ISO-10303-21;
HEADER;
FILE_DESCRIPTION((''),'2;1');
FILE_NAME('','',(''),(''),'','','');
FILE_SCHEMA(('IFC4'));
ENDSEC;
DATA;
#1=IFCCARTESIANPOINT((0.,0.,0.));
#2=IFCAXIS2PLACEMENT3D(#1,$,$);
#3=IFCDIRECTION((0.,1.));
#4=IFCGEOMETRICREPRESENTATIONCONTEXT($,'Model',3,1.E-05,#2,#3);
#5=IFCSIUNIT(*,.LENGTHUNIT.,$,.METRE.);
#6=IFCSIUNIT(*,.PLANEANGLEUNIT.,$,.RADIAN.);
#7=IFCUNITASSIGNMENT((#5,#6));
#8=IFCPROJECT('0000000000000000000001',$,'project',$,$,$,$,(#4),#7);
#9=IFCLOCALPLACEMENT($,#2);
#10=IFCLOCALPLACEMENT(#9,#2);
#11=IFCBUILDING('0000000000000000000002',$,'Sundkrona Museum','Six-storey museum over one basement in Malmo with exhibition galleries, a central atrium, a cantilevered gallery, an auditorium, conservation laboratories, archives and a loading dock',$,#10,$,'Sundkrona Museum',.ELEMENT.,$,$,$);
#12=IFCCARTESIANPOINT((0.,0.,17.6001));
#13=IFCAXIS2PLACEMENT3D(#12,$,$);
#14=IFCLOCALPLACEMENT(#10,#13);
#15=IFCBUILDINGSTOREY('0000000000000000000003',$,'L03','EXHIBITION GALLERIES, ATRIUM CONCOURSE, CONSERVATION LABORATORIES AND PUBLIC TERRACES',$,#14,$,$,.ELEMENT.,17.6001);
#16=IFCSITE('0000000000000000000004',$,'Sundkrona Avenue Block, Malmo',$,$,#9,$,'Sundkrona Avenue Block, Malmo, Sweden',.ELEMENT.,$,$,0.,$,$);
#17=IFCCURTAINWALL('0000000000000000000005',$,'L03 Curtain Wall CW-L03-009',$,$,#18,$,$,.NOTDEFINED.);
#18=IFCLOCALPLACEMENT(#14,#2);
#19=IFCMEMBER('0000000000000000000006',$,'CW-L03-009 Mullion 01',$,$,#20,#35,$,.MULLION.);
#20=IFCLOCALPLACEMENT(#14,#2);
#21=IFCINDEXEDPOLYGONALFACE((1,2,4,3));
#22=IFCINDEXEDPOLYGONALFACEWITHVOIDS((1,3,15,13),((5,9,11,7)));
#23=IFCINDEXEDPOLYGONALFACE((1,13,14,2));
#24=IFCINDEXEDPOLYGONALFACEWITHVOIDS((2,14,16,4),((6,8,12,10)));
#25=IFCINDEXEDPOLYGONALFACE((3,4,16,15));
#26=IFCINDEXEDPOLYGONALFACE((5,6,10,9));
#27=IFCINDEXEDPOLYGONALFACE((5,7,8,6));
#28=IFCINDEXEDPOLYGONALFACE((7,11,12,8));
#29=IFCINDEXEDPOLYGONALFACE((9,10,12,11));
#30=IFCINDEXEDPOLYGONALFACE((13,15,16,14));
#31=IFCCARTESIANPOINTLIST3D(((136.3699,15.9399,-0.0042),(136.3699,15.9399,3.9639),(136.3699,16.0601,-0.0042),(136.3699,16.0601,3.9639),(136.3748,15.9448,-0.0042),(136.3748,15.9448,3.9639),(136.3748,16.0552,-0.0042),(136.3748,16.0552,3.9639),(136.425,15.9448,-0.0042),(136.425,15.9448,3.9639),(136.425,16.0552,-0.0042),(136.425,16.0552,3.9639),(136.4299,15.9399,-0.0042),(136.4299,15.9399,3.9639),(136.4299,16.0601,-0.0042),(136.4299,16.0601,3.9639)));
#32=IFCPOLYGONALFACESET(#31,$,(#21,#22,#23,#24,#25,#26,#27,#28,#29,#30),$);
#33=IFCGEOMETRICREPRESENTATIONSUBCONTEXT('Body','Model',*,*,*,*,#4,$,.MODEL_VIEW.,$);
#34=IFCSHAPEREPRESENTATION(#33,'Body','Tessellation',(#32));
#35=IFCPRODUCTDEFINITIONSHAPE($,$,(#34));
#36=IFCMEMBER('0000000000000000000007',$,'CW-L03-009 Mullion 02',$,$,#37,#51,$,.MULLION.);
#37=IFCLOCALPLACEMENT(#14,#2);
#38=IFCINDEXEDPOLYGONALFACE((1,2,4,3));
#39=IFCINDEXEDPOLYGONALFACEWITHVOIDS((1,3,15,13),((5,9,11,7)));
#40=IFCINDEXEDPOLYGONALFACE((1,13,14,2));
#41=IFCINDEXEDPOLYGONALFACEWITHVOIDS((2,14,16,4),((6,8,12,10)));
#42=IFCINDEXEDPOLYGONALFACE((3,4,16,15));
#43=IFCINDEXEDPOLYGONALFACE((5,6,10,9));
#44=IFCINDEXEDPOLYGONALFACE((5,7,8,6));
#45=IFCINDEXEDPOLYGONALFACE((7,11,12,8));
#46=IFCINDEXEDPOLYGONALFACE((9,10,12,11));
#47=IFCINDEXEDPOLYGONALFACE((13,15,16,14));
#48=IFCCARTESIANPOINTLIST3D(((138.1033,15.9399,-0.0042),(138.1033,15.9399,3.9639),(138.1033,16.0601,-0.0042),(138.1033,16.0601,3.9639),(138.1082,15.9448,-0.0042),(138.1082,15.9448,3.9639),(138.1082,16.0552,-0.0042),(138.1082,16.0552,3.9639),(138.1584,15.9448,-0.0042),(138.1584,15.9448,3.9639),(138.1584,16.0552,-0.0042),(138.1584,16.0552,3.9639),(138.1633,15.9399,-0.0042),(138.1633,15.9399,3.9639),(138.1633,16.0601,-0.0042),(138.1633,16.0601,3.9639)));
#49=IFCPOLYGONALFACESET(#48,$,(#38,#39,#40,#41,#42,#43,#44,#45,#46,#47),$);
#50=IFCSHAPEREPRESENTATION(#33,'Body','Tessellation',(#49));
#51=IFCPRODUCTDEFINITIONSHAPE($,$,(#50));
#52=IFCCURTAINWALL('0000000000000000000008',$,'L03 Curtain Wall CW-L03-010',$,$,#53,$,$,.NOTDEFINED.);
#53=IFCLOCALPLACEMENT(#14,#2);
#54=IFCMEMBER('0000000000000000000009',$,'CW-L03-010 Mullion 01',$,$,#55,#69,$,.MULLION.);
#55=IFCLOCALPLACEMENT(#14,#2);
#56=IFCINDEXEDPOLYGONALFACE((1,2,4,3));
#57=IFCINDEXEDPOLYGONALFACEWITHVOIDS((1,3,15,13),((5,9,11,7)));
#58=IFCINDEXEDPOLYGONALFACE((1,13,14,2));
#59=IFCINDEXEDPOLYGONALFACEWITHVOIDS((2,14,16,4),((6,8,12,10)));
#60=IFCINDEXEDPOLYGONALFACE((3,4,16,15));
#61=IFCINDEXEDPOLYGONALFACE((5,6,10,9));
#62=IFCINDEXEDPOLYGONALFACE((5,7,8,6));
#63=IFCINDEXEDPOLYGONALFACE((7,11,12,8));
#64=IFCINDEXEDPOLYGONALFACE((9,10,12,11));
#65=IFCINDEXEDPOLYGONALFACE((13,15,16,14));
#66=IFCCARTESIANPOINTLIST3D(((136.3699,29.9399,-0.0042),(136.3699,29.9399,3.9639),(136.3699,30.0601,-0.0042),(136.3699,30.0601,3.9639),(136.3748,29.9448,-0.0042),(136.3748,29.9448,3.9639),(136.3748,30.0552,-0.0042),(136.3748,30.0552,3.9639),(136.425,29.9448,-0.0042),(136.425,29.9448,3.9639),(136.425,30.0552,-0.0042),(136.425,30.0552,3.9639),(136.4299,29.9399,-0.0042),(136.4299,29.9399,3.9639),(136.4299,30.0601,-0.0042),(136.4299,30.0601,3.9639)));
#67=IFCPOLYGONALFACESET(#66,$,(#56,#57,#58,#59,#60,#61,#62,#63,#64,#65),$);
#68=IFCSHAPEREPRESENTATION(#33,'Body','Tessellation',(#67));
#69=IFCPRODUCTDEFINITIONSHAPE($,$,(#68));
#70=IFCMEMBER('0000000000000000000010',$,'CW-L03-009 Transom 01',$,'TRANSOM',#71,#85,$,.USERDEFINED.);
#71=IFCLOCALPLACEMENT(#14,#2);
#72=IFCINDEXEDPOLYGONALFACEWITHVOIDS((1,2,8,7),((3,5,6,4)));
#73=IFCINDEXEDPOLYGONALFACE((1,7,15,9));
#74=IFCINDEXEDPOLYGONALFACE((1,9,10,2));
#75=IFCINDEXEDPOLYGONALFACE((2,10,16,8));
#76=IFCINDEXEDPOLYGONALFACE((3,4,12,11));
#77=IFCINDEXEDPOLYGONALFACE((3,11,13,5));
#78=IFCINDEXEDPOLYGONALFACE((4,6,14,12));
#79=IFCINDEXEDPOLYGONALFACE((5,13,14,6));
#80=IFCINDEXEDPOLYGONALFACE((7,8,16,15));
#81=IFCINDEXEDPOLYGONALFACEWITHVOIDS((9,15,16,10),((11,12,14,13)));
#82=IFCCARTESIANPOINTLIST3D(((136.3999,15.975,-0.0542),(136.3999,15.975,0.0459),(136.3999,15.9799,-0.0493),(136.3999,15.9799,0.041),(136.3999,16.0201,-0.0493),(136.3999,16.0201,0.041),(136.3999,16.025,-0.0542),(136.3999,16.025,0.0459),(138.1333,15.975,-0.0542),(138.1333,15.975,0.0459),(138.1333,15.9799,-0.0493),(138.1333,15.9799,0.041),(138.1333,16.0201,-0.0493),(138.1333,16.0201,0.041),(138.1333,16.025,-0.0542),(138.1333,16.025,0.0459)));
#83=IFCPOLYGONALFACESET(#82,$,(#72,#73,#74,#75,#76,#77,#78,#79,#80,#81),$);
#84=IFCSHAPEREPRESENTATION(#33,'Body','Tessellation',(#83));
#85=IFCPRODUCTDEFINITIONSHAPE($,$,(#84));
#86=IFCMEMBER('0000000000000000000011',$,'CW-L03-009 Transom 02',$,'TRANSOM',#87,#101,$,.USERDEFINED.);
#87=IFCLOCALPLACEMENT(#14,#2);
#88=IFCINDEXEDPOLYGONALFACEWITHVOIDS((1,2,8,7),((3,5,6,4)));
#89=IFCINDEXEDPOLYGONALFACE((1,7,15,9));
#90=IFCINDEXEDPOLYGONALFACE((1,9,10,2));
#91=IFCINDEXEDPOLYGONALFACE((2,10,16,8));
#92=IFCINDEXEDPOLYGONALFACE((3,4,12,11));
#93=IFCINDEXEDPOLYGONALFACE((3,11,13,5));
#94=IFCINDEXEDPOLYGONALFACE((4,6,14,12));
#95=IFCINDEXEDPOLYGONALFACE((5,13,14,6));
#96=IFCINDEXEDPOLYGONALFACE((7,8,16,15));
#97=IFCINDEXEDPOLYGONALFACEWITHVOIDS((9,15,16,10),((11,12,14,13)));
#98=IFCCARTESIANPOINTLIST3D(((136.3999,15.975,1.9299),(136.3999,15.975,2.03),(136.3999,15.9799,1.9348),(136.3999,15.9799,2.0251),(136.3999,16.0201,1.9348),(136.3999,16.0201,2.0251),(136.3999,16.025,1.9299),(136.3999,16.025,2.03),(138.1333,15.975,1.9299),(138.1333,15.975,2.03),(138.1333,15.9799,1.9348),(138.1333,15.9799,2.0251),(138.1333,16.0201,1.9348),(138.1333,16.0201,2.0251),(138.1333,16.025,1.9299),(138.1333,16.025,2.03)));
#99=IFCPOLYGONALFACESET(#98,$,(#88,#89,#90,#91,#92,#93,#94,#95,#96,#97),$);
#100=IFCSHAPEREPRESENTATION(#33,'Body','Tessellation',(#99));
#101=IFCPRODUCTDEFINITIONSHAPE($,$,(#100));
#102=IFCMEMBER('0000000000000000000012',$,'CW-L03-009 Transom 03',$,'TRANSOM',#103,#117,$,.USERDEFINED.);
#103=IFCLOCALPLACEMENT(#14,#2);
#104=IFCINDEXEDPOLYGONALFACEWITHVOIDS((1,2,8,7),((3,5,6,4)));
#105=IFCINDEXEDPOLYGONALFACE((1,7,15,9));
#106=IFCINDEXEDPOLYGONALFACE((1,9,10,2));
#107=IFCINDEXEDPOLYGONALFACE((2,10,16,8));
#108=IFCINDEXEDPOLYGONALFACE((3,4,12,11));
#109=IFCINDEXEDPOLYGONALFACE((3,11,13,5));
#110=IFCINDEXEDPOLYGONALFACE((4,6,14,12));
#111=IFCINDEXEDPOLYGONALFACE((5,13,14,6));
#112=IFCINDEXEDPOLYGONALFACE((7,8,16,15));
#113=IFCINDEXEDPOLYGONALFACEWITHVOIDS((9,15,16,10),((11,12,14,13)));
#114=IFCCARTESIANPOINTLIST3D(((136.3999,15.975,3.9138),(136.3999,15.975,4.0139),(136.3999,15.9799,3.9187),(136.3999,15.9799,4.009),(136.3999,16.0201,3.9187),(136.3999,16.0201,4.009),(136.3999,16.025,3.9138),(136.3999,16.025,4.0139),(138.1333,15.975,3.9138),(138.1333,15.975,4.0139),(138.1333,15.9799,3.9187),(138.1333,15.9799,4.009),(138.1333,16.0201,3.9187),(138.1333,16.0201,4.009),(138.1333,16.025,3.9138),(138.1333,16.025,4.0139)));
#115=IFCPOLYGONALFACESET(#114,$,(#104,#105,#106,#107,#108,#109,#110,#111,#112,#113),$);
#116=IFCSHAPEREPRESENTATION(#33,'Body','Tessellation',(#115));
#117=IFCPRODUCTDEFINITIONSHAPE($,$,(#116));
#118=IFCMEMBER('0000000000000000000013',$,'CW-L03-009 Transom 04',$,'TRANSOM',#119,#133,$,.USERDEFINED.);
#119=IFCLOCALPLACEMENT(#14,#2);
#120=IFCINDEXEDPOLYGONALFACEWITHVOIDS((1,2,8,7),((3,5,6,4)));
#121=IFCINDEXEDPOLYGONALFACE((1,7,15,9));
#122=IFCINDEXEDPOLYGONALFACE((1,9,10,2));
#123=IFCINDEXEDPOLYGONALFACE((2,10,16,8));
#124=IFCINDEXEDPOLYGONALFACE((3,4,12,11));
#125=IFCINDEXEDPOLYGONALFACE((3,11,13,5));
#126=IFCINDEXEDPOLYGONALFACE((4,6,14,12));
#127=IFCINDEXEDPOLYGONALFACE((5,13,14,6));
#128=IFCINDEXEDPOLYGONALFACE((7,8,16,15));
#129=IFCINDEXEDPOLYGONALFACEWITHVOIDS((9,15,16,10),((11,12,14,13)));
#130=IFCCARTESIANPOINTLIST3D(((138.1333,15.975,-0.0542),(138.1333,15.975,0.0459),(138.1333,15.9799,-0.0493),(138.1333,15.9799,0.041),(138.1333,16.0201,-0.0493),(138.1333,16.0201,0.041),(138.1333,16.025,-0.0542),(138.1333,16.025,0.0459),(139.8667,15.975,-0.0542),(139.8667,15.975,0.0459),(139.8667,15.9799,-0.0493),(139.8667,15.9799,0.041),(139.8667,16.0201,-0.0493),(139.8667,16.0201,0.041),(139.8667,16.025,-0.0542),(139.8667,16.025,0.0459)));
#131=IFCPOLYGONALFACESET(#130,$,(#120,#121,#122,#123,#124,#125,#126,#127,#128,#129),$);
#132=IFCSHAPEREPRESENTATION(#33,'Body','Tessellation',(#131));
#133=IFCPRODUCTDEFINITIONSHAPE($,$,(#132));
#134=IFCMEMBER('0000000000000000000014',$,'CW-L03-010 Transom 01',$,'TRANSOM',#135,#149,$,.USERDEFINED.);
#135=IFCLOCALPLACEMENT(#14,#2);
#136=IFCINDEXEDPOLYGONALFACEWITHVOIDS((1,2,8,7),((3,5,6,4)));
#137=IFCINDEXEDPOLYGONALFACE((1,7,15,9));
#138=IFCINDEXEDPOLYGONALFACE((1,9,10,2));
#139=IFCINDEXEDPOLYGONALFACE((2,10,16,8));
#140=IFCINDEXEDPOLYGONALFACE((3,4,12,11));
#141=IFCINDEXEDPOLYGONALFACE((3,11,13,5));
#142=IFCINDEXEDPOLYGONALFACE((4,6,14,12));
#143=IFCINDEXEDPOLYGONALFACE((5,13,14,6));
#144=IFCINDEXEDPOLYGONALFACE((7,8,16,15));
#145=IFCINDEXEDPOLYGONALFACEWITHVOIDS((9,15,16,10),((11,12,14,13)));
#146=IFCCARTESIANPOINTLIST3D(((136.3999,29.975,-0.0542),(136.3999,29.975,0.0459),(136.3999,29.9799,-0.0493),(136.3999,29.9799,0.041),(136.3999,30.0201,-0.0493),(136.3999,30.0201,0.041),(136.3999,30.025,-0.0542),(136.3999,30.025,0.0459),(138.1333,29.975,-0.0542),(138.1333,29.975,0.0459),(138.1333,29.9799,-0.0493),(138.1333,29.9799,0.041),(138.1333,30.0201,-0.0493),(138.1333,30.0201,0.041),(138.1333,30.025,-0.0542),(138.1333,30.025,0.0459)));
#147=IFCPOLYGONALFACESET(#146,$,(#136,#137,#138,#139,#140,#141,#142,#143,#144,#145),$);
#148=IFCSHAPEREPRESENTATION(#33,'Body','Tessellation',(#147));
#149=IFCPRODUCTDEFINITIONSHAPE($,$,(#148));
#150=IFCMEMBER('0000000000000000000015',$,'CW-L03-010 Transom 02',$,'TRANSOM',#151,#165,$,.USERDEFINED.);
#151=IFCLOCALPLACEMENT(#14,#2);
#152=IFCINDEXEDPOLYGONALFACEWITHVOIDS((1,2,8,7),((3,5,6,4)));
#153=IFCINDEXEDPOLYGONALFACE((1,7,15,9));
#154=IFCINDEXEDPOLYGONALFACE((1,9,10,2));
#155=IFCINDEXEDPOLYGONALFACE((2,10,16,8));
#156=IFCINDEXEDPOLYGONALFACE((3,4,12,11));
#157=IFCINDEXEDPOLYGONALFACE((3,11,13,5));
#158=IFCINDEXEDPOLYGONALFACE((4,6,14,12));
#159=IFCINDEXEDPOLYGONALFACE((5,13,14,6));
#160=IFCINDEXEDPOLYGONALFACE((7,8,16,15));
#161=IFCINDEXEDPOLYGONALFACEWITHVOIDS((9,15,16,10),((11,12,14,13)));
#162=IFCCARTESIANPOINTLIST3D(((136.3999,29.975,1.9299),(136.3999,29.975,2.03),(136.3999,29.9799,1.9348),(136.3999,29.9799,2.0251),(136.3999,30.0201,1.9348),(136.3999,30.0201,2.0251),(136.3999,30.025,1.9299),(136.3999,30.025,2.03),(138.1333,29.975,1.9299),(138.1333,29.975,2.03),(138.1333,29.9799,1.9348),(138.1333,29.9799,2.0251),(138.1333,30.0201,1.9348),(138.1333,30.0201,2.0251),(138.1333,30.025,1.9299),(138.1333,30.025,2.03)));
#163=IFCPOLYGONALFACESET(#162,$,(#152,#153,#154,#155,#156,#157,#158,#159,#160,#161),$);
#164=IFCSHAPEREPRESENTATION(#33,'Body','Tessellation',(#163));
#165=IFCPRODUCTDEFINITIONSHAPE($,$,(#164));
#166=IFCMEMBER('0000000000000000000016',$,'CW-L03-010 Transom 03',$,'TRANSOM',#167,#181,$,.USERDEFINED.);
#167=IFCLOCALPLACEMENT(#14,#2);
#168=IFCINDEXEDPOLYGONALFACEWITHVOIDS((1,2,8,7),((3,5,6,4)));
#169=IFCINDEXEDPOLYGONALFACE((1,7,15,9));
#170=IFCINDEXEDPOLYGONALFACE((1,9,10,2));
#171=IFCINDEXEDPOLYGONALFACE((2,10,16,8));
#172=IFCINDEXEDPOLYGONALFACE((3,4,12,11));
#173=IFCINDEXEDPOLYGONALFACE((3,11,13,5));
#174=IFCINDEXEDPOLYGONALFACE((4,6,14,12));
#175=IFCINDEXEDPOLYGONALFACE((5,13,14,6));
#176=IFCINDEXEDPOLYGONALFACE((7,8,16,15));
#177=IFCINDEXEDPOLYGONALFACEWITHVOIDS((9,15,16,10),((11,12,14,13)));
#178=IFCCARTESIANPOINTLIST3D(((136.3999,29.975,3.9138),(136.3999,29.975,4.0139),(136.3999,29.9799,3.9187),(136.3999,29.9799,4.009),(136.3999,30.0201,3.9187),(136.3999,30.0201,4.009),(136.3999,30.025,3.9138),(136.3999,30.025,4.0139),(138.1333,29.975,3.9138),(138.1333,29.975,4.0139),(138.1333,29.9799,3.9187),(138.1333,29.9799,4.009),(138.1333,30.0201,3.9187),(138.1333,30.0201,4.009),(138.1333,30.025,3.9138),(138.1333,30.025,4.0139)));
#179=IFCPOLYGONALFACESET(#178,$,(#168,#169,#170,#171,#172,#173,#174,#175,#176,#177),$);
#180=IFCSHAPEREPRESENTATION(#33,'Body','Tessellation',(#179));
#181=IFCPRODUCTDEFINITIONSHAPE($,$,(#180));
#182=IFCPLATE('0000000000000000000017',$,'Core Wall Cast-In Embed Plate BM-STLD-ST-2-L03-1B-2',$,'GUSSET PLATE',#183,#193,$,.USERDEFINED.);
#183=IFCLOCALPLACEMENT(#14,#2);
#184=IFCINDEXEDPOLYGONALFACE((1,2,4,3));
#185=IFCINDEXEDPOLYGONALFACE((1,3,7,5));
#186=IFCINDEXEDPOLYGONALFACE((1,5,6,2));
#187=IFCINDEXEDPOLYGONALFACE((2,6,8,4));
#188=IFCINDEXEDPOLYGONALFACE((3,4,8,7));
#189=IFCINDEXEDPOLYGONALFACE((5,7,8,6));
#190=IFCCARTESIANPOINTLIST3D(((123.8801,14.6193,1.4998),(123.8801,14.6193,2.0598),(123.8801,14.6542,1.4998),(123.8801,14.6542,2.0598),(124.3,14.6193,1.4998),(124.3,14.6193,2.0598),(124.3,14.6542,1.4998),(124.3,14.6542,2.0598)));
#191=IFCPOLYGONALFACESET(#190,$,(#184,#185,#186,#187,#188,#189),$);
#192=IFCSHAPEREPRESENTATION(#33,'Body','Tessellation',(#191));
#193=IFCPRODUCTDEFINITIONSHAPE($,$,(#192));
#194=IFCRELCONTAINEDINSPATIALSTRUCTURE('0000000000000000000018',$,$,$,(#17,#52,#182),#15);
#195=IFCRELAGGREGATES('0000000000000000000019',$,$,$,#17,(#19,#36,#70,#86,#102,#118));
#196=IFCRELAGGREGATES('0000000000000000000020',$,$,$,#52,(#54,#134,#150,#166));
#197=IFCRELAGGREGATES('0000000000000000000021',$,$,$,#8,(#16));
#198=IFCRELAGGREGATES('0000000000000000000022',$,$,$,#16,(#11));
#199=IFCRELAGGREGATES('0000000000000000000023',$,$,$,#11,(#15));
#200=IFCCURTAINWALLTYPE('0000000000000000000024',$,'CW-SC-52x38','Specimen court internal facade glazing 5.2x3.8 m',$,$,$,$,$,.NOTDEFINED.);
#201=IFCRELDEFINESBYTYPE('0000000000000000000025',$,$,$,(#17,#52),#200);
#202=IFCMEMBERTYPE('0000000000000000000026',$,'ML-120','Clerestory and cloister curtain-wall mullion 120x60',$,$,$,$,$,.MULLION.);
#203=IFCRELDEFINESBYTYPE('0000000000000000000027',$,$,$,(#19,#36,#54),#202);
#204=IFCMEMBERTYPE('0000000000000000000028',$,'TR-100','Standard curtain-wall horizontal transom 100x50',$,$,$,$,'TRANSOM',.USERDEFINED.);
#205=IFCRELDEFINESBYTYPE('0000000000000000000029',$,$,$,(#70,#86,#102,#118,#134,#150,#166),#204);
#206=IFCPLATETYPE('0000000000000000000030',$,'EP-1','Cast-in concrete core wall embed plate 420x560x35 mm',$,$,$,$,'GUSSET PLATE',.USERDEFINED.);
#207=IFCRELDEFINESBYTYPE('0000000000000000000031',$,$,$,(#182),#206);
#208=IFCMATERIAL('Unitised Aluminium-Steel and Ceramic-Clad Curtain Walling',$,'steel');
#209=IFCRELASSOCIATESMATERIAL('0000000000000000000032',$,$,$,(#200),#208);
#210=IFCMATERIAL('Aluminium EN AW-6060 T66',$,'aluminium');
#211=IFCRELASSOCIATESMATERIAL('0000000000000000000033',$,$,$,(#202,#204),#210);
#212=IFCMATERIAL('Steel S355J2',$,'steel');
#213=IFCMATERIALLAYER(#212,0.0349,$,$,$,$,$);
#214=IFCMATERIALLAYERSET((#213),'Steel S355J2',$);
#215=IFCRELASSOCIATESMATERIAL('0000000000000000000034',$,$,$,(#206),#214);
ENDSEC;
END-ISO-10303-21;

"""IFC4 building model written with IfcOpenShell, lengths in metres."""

from ifc_helpers import new_model, si_unit, direction, frame, origin, origin_2d, place, context, subcontext, project, spatial, rectangle, hollow_rectangle, extrude, material, layer, layer_set, material_profile, profile_set, type_object, element, aggregate, save


model = new_model("IFC4")

# Units and contexts
model_context = context("Model", 3, precision=1e-05, world=origin(), true_north=direction((0.0, 1.0)))
body_context = subcontext(model_context, "Body", "Model", "MODEL_VIEW")
ifc_project = project(units=[si_unit("LENGTHUNIT", "METRE"), si_unit("PLANEANGLEUNIT", "RADIAN")], contexts=[model_context])

# Site, building, storey
site_placement = place(None, origin())
site = spatial("IfcSite", under=ifc_project, at=site_placement, Name="Sundkrona Avenue Block, Malmo", LongName="Sundkrona Avenue Block, Malmo, Sweden", CompositionType="ELEMENT", RefElevation=0.0)
building_placement = place(site_placement, origin())
building = spatial("IfcBuilding", under=site, at=building_placement, Name="Sundkrona Museum", Description="Six-storey museum over one basement in Malmo with exhibition galleries, a central atrium, a cantilevered gallery, an auditorium, conservation laboratories, archives and a loading dock", LongName="Sundkrona Museum", CompositionType="ELEMENT")
storey_placement = place(building_placement, frame((0.0, 0.0, 17.6001)))
storey = spatial("IfcBuildingStorey", under=building, at=storey_placement, Name="L03", Description="EXHIBITION GALLERIES, ATRIUM CONCOURSE, CONSERVATION LABORATORIES AND PUBLIC TERRACES", CompositionType="ELEMENT", Elevation=17.6001)

# Shared definitions
ifc_material_1 = material(Name="Steel S355J2", Category="steel")

# Curtain wall, members
ifc_material_2 = material(Name="Unitised Aluminium-Steel and Ceramic-Clad Curtain Walling", Category="steel")
curtain_wall_type = type_object("IfcCurtainWallType", Name="CW-SC-52x38", Description="Specimen court internal facade glazing 5.2x3.8 m", PredefinedType="NOTDEFINED", material=ifc_material_2)
curtain_wall_1_placement = place(storey_placement, origin())
curtain_wall_1 = element("IfcCurtainWall", 1, at=curtain_wall_1_placement, inside=storey, type_object=curtain_wall_type, Name="L03 Curtain Wall CW-L03-009", PredefinedType="NOTDEFINED")
ifc_material_3 = material(Name="Aluminium EN AW-6060 T66", Category="aluminium")
ifc_material_profile_1 = material_profile(ifc_material_3, hollow_rectangle(XDim=0.0601, YDim=0.1201, WallThickness=0.0049, at=origin_2d()), Name="RHS 120x60x5.0")
ifc_profile_set_1 = profile_set([ifc_material_profile_1], Name="Aluminium EN AW-6060 T66")
member_type_1 = type_object("IfcMemberType", Name="ML-120", Description="Clerestory and cloister curtain-wall mullion 120x60", PredefinedType="MULLION", material=ifc_profile_set_1)
member_1_placement = place(storey_placement, frame((136.3999, 16.0, -0.0042), z_axis=(0.0, 0.0, 1.0), x_axis=(1.0, 0.0, 0.0)))
member_1 = element("IfcMember", 2, at=member_1_placement, type_object=member_type_1, Name="CW-L03-009 Mullion 01", PredefinedType="MULLION", context=body_context, shape_type="SweptSolid", body=[
    extrude(hollow_rectangle(XDim=0.0601, YDim=0.1201, WallThickness=0.0049, at=origin_2d()), origin(), (0.0, 0.0, 1.0), 3.968),
])
member_2_placement = place(storey_placement, frame((138.1333, 16.0, -0.0042), z_axis=(0.0, 0.0, 1.0), x_axis=(1.0, 0.0, 0.0)))
member_2 = element("IfcMember", 3, at=member_2_placement, type_object=member_type_1, Name="CW-L03-009 Mullion 02", PredefinedType="MULLION", context=body_context, shape_type="SweptSolid", body=[
    extrude(hollow_rectangle(XDim=0.0601, YDim=0.1201, WallThickness=0.0049, at=origin_2d()), origin(), (0.0, 0.0, 1.0), 3.968),
])

# Curtain wall, member
curtain_wall_2_placement = place(storey_placement, origin())
curtain_wall_2 = element("IfcCurtainWall", 4, at=curtain_wall_2_placement, inside=storey, type_object=curtain_wall_type, Name="L03 Curtain Wall CW-L03-010", PredefinedType="NOTDEFINED")
member_3_placement = place(storey_placement, frame((136.3999, 30.0, -0.0042), z_axis=(0.0, 0.0, 1.0), x_axis=(1.0, 0.0, 0.0)))
member_3 = element("IfcMember", 5, at=member_3_placement, type_object=member_type_1, Name="CW-L03-010 Mullion 01", PredefinedType="MULLION", context=body_context, shape_type="SweptSolid", body=[
    extrude(hollow_rectangle(XDim=0.0601, YDim=0.1201, WallThickness=0.0049, at=origin_2d()), origin(), (0.0, 0.0, 1.0), 3.968),
])

# Members
ifc_material_profile_2 = material_profile(ifc_material_3, hollow_rectangle(XDim=0.05, YDim=0.1001, WallThickness=0.0049, at=origin_2d()), Name="RHS 100x50x5.0")
ifc_profile_set_2 = profile_set([ifc_material_profile_2], Name="Aluminium EN AW-6060 T66")
member_type_2 = type_object("IfcMemberType", Name="TR-100", Description="Standard curtain-wall horizontal transom 100x50", ElementType="TRANSOM", PredefinedType="USERDEFINED", material=ifc_profile_set_2)
member_4_placement = place(storey_placement, frame((136.3999, 16.0, -0.0042), z_axis=(1.0, 0.0, 0.0), x_axis=(0.0, 1.0, 0.0)))
member_4 = element("IfcMember", 6, at=member_4_placement, type_object=member_type_2, Name="CW-L03-009 Transom 01", ObjectType="TRANSOM", PredefinedType="USERDEFINED", context=body_context, shape_type="SweptSolid", body=[
    extrude(hollow_rectangle(XDim=0.05, YDim=0.1001, WallThickness=0.0049, at=origin_2d()), origin(), (0.0, 0.0, 1.0), 1.7334),
])
member_5_placement = place(storey_placement, frame((136.3999, 16.0, 1.98), z_axis=(1.0, 0.0, 0.0), x_axis=(0.0, 1.0, 0.0)))
member_5 = element("IfcMember", 7, at=member_5_placement, type_object=member_type_2, Name="CW-L03-009 Transom 02", ObjectType="TRANSOM", PredefinedType="USERDEFINED", context=body_context, shape_type="SweptSolid", body=[
    extrude(hollow_rectangle(XDim=0.05, YDim=0.1001, WallThickness=0.0049, at=origin_2d()), origin(), (0.0, 0.0, 1.0), 1.7334),
])
member_6_placement = place(storey_placement, frame((136.3999, 16.0, 3.9639), z_axis=(1.0, 0.0, 0.0), x_axis=(0.0, 1.0, 0.0)))
member_6 = element("IfcMember", 8, at=member_6_placement, type_object=member_type_2, Name="CW-L03-009 Transom 03", ObjectType="TRANSOM", PredefinedType="USERDEFINED", context=body_context, shape_type="SweptSolid", body=[
    extrude(hollow_rectangle(XDim=0.05, YDim=0.1001, WallThickness=0.0049, at=origin_2d()), origin(), (0.0, 0.0, 1.0), 1.7334),
])
member_7_placement = place(storey_placement, frame((138.1333, 16.0, -0.0042), z_axis=(1.0, 0.0, 0.0), x_axis=(0.0, 1.0, 0.0)))
member_7 = element("IfcMember", 9, at=member_7_placement, type_object=member_type_2, Name="CW-L03-009 Transom 04", ObjectType="TRANSOM", PredefinedType="USERDEFINED", context=body_context, shape_type="SweptSolid", body=[
    extrude(hollow_rectangle(XDim=0.05, YDim=0.1001, WallThickness=0.0049, at=origin_2d()), origin(), (0.0, 0.0, 1.0), 1.7334),
])
member_8_placement = place(storey_placement, frame((136.3999, 30.0, -0.0042), z_axis=(1.0, 0.0, 0.0), x_axis=(0.0, 1.0, 0.0)))
member_8 = element("IfcMember", 10, at=member_8_placement, type_object=member_type_2, Name="CW-L03-010 Transom 01", ObjectType="TRANSOM", PredefinedType="USERDEFINED", context=body_context, shape_type="SweptSolid", body=[
    extrude(hollow_rectangle(XDim=0.05, YDim=0.1001, WallThickness=0.0049, at=origin_2d()), origin(), (0.0, 0.0, 1.0), 1.7334),
])
member_9_placement = place(storey_placement, frame((136.3999, 30.0, 1.98), z_axis=(1.0, 0.0, 0.0), x_axis=(0.0, 1.0, 0.0)))
member_9 = element("IfcMember", 11, at=member_9_placement, type_object=member_type_2, Name="CW-L03-010 Transom 02", ObjectType="TRANSOM", PredefinedType="USERDEFINED", context=body_context, shape_type="SweptSolid", body=[
    extrude(hollow_rectangle(XDim=0.05, YDim=0.1001, WallThickness=0.0049, at=origin_2d()), origin(), (0.0, 0.0, 1.0), 1.7334),
])
member_10_placement = place(storey_placement, frame((136.3999, 30.0, 3.9639), z_axis=(1.0, 0.0, 0.0), x_axis=(0.0, 1.0, 0.0)))
member_10 = element("IfcMember", 12, at=member_10_placement, type_object=member_type_2, Name="CW-L03-010 Transom 03", ObjectType="TRANSOM", PredefinedType="USERDEFINED", context=body_context, shape_type="SweptSolid", body=[
    extrude(hollow_rectangle(XDim=0.05, YDim=0.1001, WallThickness=0.0049, at=origin_2d()), origin(), (0.0, 0.0, 1.0), 1.7334),
])

# Plate
ifc_layer_1 = layer(ifc_material_1, 0.0349)
ifc_layer_set_1 = layer_set([ifc_layer_1], Name="Steel S355J2")
plate_type_1 = type_object("IfcPlateType", Name="EP-1", Description="Cast-in concrete core wall embed plate 420x560x35 mm", ElementType="GUSSET PLATE", PredefinedType="USERDEFINED", material=ifc_layer_set_1)
plate_1_placement = place(storey_placement, frame((124.0901, 14.6367, 1.4998), z_axis=(0.0, 0.0, 1.0), x_axis=(1.0, 0.0, 0.0)))
element("IfcPlate", 13, at=plate_1_placement, inside=storey, type_object=plate_type_1, Name="Core Wall Cast-In Embed Plate BM-STLD-ST-2-L03-1B-2", ObjectType="GUSSET PLATE", PredefinedType="USERDEFINED", context=body_context, shape_type="SweptSolid", body=[
    extrude(rectangle(XDim=0.4199, YDim=0.0349, at=origin_2d()), origin(), (0.0, 0.0, 1.0), 0.5601),
])
aggregate(curtain_wall_1, [member_1, member_2, member_4, member_5, member_6, member_7])
aggregate(curtain_wall_2, [member_3, member_8, member_9, member_10])

save(model, "model.ifc")
